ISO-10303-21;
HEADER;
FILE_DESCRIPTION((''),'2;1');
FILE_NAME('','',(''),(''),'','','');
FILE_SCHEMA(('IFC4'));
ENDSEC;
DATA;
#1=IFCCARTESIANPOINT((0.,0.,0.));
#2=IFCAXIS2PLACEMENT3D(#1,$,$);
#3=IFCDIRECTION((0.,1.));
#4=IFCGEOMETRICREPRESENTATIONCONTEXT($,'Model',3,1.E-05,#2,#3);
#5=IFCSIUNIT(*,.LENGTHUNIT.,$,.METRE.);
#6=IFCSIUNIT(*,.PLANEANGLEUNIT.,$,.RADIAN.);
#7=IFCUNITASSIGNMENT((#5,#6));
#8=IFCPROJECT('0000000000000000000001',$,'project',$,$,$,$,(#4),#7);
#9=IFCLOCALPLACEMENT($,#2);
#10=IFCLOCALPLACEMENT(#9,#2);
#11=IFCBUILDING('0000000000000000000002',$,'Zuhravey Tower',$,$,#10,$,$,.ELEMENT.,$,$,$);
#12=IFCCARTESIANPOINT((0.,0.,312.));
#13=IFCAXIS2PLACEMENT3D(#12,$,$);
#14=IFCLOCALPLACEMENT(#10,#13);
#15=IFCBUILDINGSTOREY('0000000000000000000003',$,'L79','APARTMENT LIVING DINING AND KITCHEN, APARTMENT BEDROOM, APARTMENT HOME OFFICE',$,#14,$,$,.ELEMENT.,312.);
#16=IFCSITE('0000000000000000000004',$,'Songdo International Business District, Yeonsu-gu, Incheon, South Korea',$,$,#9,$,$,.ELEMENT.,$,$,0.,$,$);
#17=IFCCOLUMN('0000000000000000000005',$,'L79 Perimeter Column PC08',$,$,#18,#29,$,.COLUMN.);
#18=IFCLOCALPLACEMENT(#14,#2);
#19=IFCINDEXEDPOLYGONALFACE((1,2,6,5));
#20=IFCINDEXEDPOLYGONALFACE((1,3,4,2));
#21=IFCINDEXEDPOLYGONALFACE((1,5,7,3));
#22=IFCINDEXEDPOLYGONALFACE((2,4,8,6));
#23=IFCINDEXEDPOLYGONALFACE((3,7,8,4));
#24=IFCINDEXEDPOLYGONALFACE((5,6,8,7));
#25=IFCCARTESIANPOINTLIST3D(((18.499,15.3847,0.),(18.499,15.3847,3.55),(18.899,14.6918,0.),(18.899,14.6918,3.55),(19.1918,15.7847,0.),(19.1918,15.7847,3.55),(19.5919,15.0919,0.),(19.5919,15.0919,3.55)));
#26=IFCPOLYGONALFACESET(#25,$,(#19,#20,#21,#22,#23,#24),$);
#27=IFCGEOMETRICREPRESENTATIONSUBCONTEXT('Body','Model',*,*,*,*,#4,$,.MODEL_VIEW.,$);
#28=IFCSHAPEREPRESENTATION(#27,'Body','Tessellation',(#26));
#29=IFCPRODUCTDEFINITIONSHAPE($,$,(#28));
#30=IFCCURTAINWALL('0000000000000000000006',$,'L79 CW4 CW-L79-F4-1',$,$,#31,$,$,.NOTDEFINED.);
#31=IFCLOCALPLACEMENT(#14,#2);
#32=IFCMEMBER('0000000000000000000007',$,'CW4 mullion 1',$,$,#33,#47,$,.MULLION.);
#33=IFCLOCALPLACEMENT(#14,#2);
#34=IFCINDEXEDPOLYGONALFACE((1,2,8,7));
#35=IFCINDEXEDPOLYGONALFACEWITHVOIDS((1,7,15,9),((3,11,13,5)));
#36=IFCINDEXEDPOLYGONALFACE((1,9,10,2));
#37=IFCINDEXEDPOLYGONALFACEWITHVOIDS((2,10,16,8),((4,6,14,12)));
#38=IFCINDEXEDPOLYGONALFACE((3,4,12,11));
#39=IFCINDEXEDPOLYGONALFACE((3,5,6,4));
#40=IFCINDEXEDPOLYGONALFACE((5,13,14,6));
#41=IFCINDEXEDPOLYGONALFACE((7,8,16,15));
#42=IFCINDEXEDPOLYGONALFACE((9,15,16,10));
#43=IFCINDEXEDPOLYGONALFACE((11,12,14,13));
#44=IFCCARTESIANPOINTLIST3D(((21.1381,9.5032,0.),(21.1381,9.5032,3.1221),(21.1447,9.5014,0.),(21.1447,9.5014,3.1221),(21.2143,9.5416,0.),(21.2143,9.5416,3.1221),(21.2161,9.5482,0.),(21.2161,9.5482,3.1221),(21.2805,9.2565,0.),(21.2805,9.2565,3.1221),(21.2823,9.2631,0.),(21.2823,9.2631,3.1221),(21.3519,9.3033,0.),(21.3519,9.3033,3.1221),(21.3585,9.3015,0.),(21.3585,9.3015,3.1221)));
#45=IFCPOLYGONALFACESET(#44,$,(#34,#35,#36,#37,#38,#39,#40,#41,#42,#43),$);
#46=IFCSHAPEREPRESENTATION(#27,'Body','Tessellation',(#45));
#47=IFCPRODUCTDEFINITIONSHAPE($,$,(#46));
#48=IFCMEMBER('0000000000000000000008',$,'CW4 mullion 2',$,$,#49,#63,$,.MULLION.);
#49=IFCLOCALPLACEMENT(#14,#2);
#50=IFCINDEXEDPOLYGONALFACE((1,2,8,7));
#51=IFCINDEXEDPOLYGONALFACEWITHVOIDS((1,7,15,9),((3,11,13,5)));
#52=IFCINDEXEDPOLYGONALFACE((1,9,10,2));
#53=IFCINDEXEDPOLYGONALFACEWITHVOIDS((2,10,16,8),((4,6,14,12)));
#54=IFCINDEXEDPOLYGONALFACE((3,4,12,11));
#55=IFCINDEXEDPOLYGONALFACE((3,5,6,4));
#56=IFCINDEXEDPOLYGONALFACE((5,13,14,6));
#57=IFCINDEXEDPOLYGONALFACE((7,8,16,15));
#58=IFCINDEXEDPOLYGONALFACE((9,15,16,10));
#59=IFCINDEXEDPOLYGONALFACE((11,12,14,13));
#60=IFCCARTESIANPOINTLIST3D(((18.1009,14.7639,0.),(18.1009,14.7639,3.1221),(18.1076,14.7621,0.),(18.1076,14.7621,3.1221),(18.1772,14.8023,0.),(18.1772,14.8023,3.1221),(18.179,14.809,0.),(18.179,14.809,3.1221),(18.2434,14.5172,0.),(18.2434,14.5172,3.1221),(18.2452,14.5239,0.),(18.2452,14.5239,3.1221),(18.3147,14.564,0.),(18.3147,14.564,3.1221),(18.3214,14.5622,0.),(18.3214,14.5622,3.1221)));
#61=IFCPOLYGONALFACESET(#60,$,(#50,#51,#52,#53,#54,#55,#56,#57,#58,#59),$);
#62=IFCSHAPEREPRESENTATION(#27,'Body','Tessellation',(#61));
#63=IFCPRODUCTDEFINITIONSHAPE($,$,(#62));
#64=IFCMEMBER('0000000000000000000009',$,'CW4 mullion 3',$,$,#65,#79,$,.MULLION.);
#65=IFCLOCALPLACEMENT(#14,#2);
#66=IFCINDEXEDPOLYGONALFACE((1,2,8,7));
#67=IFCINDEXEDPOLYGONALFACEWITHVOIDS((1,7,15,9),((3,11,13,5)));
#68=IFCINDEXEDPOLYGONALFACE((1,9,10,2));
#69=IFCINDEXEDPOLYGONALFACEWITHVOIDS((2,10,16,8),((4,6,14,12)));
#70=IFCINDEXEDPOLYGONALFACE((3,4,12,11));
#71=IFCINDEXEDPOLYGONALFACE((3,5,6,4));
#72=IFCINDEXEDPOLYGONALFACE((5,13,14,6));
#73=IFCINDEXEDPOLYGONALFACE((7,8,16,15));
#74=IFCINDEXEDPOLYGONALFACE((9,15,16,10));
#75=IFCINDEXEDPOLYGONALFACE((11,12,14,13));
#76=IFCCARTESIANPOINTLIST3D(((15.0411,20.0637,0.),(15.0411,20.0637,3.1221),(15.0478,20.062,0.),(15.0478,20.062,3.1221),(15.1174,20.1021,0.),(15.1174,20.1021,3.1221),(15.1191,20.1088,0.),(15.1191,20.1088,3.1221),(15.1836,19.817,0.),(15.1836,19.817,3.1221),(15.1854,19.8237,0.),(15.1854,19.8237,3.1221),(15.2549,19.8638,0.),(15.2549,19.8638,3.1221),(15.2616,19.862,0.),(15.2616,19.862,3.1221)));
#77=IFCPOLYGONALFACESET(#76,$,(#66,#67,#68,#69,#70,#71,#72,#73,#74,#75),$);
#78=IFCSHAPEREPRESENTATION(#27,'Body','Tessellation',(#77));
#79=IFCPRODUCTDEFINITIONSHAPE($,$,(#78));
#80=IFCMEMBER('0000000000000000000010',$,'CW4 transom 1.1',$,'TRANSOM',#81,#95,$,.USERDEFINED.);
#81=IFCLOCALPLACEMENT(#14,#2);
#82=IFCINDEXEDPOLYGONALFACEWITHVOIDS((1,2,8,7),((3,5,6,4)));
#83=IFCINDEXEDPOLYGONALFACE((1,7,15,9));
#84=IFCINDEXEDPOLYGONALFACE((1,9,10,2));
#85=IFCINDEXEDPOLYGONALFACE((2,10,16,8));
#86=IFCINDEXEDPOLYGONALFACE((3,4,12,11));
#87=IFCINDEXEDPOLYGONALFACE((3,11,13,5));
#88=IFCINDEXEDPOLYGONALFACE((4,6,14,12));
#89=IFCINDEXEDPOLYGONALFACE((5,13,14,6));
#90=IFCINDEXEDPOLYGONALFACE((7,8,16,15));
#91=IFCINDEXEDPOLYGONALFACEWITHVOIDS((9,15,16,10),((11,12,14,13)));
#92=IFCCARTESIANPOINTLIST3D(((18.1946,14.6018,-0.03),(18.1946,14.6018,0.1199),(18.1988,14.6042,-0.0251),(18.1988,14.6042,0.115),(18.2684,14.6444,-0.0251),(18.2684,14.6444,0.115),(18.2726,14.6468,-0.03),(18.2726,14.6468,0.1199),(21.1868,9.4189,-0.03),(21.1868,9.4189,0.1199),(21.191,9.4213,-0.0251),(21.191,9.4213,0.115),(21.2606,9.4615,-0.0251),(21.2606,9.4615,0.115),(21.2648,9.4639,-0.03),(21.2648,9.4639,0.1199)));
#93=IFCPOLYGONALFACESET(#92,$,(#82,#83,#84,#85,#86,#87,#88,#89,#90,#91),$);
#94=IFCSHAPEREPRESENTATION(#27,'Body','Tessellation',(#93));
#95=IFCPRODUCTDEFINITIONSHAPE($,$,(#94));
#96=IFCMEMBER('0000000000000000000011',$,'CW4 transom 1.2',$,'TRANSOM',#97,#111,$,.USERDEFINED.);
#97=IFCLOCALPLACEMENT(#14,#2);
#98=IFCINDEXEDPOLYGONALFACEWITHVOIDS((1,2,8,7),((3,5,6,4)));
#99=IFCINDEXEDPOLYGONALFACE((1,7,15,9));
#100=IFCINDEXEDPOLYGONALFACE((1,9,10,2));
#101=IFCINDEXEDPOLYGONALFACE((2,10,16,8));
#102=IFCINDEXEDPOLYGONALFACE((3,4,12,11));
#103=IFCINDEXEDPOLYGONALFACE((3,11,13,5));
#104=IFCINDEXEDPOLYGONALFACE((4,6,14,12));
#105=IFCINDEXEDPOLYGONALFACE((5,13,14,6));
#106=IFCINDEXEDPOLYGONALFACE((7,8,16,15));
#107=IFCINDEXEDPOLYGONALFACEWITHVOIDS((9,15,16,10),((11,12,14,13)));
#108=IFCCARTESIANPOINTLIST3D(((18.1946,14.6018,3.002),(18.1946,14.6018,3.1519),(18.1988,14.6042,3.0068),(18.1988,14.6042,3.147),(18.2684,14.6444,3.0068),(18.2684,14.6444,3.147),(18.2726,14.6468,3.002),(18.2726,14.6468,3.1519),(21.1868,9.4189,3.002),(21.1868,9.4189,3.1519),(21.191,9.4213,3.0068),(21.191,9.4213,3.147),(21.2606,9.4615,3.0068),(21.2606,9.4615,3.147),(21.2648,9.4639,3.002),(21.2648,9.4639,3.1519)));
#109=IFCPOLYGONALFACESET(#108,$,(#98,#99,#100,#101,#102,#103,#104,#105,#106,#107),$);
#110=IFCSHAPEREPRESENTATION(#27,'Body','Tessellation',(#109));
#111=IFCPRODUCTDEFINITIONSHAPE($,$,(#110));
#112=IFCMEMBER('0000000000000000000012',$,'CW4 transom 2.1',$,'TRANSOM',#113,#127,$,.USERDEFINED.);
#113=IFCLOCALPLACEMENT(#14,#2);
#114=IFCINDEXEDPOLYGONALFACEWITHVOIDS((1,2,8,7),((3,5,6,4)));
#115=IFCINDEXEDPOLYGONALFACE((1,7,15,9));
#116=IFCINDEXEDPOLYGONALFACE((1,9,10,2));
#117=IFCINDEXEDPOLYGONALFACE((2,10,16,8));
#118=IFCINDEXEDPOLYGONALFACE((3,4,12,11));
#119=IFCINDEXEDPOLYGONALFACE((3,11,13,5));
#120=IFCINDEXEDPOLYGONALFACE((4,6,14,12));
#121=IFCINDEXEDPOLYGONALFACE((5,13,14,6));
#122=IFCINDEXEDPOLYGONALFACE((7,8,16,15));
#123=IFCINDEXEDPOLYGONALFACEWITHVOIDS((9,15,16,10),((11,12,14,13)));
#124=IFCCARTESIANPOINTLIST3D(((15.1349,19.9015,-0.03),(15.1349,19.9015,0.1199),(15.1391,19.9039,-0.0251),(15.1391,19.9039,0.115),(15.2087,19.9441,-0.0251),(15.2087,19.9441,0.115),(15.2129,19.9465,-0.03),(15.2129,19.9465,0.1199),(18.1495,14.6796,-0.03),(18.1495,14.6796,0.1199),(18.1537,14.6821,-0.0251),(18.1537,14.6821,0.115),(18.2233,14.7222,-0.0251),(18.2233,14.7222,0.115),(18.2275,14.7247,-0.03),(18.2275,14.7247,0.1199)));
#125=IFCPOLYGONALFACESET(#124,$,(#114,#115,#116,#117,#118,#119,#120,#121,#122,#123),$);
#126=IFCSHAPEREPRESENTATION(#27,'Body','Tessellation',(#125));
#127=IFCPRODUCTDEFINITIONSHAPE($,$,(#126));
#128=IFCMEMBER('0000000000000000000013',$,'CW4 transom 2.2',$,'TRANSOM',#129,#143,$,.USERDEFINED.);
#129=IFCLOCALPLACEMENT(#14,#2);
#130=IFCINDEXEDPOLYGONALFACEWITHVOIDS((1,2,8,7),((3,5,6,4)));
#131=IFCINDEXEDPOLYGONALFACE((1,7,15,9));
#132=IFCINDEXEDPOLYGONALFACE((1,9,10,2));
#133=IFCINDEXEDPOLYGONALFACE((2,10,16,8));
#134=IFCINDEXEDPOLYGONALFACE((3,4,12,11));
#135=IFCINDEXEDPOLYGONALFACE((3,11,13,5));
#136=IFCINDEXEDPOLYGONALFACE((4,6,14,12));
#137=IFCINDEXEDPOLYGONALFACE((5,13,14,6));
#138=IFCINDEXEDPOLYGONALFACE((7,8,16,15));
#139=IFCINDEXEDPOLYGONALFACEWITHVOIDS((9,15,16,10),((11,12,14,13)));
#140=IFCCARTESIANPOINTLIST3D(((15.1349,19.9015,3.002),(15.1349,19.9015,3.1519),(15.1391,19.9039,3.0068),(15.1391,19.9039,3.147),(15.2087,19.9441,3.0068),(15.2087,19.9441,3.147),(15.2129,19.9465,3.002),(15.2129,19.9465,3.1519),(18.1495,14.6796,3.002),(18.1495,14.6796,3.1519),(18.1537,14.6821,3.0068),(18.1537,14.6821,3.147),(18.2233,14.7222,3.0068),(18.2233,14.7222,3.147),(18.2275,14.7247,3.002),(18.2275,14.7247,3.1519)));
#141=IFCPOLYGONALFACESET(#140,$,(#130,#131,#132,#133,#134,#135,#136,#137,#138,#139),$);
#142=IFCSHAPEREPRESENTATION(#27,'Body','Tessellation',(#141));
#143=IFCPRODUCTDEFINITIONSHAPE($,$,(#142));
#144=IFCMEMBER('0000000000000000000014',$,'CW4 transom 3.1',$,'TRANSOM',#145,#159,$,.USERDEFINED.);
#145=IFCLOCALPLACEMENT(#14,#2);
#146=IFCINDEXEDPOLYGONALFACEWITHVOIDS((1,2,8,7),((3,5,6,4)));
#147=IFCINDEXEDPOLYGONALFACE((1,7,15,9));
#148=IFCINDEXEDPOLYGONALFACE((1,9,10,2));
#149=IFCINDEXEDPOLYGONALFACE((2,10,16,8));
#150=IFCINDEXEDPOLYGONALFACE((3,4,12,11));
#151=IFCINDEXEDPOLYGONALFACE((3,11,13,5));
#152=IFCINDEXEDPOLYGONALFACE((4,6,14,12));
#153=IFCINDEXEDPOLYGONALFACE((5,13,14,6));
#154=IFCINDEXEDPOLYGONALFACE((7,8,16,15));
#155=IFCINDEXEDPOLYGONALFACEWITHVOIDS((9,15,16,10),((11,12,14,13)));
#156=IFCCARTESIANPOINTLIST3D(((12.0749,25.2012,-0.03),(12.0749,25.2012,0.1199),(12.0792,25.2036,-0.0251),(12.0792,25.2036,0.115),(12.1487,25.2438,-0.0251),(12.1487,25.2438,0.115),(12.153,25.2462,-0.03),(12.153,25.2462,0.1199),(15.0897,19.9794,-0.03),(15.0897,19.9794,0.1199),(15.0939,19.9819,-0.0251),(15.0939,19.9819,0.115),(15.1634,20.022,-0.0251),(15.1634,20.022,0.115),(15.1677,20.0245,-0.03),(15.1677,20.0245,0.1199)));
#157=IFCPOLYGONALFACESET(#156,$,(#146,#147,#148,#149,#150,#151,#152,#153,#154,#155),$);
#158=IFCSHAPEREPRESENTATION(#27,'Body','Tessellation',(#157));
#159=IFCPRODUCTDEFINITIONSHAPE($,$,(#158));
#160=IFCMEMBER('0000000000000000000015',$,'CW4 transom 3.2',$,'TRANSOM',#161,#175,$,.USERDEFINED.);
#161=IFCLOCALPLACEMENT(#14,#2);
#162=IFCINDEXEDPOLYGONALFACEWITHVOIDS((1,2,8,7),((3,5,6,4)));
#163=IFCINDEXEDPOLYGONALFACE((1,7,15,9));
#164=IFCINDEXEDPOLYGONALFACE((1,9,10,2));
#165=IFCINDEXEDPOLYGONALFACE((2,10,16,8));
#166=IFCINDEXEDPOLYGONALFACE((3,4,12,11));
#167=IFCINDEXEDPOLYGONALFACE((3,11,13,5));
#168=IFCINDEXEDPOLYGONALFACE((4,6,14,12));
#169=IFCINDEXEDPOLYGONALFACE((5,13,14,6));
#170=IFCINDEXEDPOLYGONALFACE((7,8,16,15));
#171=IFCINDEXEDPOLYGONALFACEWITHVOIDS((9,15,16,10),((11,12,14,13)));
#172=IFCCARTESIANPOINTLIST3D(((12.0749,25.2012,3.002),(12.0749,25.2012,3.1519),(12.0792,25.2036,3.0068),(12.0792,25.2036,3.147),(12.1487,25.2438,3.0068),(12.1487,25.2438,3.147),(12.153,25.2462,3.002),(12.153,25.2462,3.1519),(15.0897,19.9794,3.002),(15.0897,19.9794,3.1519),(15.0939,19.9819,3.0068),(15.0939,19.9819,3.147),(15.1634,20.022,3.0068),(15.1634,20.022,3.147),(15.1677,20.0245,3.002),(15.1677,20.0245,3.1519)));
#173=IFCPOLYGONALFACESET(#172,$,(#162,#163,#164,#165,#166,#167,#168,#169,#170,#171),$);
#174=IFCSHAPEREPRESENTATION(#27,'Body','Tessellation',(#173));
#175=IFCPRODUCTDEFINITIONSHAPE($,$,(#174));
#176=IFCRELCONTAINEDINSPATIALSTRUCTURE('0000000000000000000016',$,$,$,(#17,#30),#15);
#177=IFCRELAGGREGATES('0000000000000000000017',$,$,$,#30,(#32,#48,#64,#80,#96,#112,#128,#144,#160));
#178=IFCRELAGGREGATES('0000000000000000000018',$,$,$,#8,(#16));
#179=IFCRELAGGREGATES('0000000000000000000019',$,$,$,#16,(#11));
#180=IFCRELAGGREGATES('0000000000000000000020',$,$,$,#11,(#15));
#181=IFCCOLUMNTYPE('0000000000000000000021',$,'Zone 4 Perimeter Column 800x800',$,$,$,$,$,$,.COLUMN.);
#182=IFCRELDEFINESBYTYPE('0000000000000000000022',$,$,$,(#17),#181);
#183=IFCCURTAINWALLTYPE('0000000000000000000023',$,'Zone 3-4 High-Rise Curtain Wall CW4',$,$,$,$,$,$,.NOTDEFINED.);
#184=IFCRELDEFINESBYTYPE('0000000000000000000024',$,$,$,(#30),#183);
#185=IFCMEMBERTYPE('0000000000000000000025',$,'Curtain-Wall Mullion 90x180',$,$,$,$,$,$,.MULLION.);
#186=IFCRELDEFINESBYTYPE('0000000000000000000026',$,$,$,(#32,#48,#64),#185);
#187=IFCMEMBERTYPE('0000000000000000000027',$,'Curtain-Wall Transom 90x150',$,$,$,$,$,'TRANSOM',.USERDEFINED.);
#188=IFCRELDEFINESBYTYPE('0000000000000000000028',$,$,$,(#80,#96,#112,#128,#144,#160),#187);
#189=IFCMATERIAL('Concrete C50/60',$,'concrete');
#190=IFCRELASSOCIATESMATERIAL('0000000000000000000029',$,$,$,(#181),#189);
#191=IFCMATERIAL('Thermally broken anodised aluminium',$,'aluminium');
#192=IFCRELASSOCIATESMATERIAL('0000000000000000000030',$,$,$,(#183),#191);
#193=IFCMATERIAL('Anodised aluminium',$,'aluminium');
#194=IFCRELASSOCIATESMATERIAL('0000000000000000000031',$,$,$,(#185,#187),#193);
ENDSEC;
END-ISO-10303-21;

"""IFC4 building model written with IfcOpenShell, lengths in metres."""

from ifc_helpers import new_model, si_unit, direction, frame, origin, origin_2d, place, context, subcontext, project, spatial, rectangle, hollow_rectangle, extrude, material, material_profile, profile_set, type_object, element, aggregate, save


model = new_model("IFC4")

# Units and contexts
model_context = context("Model", 3, precision=1e-05, world=origin(), true_north=direction((0.0, 1.0)))
body_context = subcontext(model_context, "Body", "Model", "MODEL_VIEW")
ifc_project = project(units=[si_unit("LENGTHUNIT", "METRE"), si_unit("PLANEANGLEUNIT", "RADIAN")], contexts=[model_context])

# Site, building, storey
site_placement = place(None, origin())
site = spatial("IfcSite", under=ifc_project, at=site_placement, Name="Songdo International Business District, Yeonsu-gu, Incheon, South Korea", CompositionType="ELEMENT", RefElevation=0.0)
building_placement = place(site_placement, origin())
building = spatial("IfcBuilding", under=site, at=building_placement, Name="Zuhravey Tower", CompositionType="ELEMENT")
storey_placement = place(building_placement, frame((0.0, 0.0, 312.0)))
storey = spatial("IfcBuildingStorey", under=building, at=storey_placement, Name="L79", Description="APARTMENT LIVING DINING AND KITCHEN, APARTMENT BEDROOM, APARTMENT HOME OFFICE", CompositionType="ELEMENT", Elevation=312.0)

# Column
ifc_material_1 = material(Name="Concrete C50/60", Category="concrete")
ifc_material_profile_1 = material_profile(ifc_material_1, rectangle(XDim=0.8, YDim=0.8, at=origin_2d()), Name="RC-800x800")
ifc_profile_set_1 = profile_set([ifc_material_profile_1], Name="Concrete C50/60")
column_type = type_object("IfcColumnType", Name="Zone 4 Perimeter Column 800x800", PredefinedType="COLUMN", material=ifc_profile_set_1)
column_placement = place(storey_placement, frame((19.0454, 15.2383, 0.0), z_axis=(0.0, 0.0, 1.0), x_axis=(0.5, -0.866025, 0.0)))
element("IfcColumn", 1, at=column_placement, inside=storey, type_object=column_type, Name="L79 Perimeter Column PC08", PredefinedType="COLUMN", context=body_context, shape_type="SweptSolid", body=[
    extrude(rectangle(XDim=0.8, YDim=0.8, at=origin_2d()), origin(), (0.0, 0.0, 1.0), 3.55),
])

# Curtain wall, members
ifc_material_2 = material(Name="Thermally broken anodised aluminium", Category="aluminium")
curtain_wall_type = type_object("IfcCurtainWallType", Name="Zone 3-4 High-Rise Curtain Wall CW4", PredefinedType="NOTDEFINED", material=ifc_material_2)
curtain_wall_placement = place(storey_placement, origin())
curtain_wall = element("IfcCurtainWall", 2, at=curtain_wall_placement, inside=storey, type_object=curtain_wall_type, Name="L79 CW4 CW-L79-F4-1", PredefinedType="NOTDEFINED")
ifc_material_3 = material(Name="Anodised aluminium", Category="aluminium")
ifc_material_profile_2 = material_profile(ifc_material_3, hollow_rectangle(XDim=0.0901, YDim=0.2849, WallThickness=0.0049, at=origin_2d()), Name="ALU-RHS-90x285x5")
ifc_profile_set_2 = profile_set([ifc_material_profile_2], Name="Anodised aluminium")
member_type_1 = type_object("IfcMemberType", Name="Curtain-Wall Mullion 90x180", PredefinedType="MULLION", material=ifc_profile_set_2)
member_1_placement = place(storey_placement, frame((21.2483, 9.4023, 0.0), z_axis=(0.0, 0.0, 1.0), x_axis=(-0.866026, -0.5, 0.0)))
member_1 = element("IfcMember", 3, at=member_1_placement, type_object=member_type_1, Name="CW4 mullion 1", PredefinedType="MULLION", context=body_context, shape_type="SweptSolid", body=[
    extrude(hollow_rectangle(XDim=0.0901, YDim=0.2849, WallThickness=0.0049, at=origin_2d()), origin(), (0.0, 0.0, 1.0), 3.1221),
])
member_2_placement = place(storey_placement, frame((18.2112, 14.6631, 0.0), z_axis=(0.0, 0.0, 1.0), x_axis=(-0.866026, -0.5, 0.0)))
member_2 = element("IfcMember", 4, at=member_2_placement, type_object=member_type_1, Name="CW4 mullion 2", PredefinedType="MULLION", context=body_context, shape_type="SweptSolid", body=[
    extrude(hollow_rectangle(XDim=0.0901, YDim=0.2849, WallThickness=0.0049, at=origin_2d()), origin(), (0.0, 0.0, 1.0), 3.1221),
])
member_3_placement = place(storey_placement, frame((15.1514, 19.9629, 0.0), z_axis=(0.0, 0.0, 1.0), x_axis=(-0.866026, -0.5, 0.0)))
member_3 = element("IfcMember", 5, at=member_3_placement, type_object=member_type_1, Name="CW4 mullion 3", PredefinedType="MULLION", context=body_context, shape_type="SweptSolid", body=[
    extrude(hollow_rectangle(XDim=0.0901, YDim=0.2849, WallThickness=0.0049, at=origin_2d()), origin(), (0.0, 0.0, 1.0), 3.1221),
])
ifc_material_profile_3 = material_profile(ifc_material_3, hollow_rectangle(XDim=0.0901, YDim=0.1499, WallThickness=0.0049, at=origin_2d()), Name="ALU-RHS-90x150x5")
ifc_profile_set_3 = profile_set([ifc_material_profile_3], Name="Anodised aluminium")
member_type_2 = type_object("IfcMemberType", Name="Curtain-Wall Transom 90x150", ElementType="TRANSOM", PredefinedType="USERDEFINED", material=ifc_profile_set_3)
member_4_placement = place(storey_placement, frame((21.2258, 9.4414, 0.0449), z_axis=(-0.499983, 0.866035, 0.0), x_axis=(-0.866035, -0.499983, 0.0)))
member_4 = element("IfcMember", 6, at=member_4_placement, type_object=member_type_2, Name="CW4 transom 1.1", ObjectType="TRANSOM", PredefinedType="USERDEFINED", context=body_context, shape_type="SweptSolid", body=[
    extrude(hollow_rectangle(XDim=0.0901, YDim=0.1499, WallThickness=0.0049, at=origin_2d()), origin(), (0.0, 0.0, 1.0), 5.9846),
])
member_5_placement = place(storey_placement, frame((21.2258, 9.4414, 3.0769), z_axis=(-0.499983, 0.866035, 0.0), x_axis=(-0.866035, -0.499983, 0.0)))
member_5 = element("IfcMember", 7, at=member_5_placement, type_object=member_type_2, Name="CW4 transom 1.2", ObjectType="TRANSOM", PredefinedType="USERDEFINED", context=body_context, shape_type="SweptSolid", body=[
    extrude(hollow_rectangle(XDim=0.0901, YDim=0.1499, WallThickness=0.0049, at=origin_2d()), origin(), (0.0, 0.0, 1.0), 5.9846),
])
member_6_placement = place(storey_placement, frame((18.1885, 14.7021, 0.0449), z_axis=(-0.499971, 0.866042, 0.0), x_axis=(-0.866042, -0.499971, 0.0)))
member_6 = element("IfcMember", 8, at=member_6_placement, type_object=member_type_2, Name="CW4 transom 2.1", ObjectType="TRANSOM", PredefinedType="USERDEFINED", context=body_context, shape_type="SweptSolid", body=[
    extrude(hollow_rectangle(XDim=0.0901, YDim=0.1499, WallThickness=0.0049, at=origin_2d()), origin(), (0.0, 0.0, 1.0), 6.0295),
])
member_7_placement = place(storey_placement, frame((18.1885, 14.7021, 3.0769), z_axis=(-0.499971, 0.866042, 0.0), x_axis=(-0.866042, -0.499971, 0.0)))
member_7 = element("IfcMember", 9, at=member_7_placement, type_object=member_type_2, Name="CW4 transom 2.2", ObjectType="TRANSOM", PredefinedType="USERDEFINED", context=body_context, shape_type="SweptSolid", body=[
    extrude(hollow_rectangle(XDim=0.0901, YDim=0.1499, WallThickness=0.0049, at=origin_2d()), origin(), (0.0, 0.0, 1.0), 6.0295),
])
member_8_placement = place(storey_placement, frame((15.1287, 20.002, 0.0449), z_axis=(-0.499989, 0.866032, 0.0), x_axis=(-0.866032, -0.499989, 0.0)))
member_8 = element("IfcMember", 10, at=member_8_placement, type_object=member_type_2, Name="CW4 transom 3.1", ObjectType="TRANSOM", PredefinedType="USERDEFINED", context=body_context, shape_type="SweptSolid", body=[
    extrude(hollow_rectangle(XDim=0.0901, YDim=0.1499, WallThickness=0.0049, at=origin_2d()), origin(), (0.0, 0.0, 1.0), 6.0295),
])
member_9_placement = place(storey_placement, frame((15.1287, 20.002, 3.0769), z_axis=(-0.499989, 0.866032, 0.0), x_axis=(-0.866032, -0.499989, 0.0)))
member_9 = element("IfcMember", 11, at=member_9_placement, type_object=member_type_2, Name="CW4 transom 3.2", ObjectType="TRANSOM", PredefinedType="USERDEFINED", context=body_context, shape_type="SweptSolid", body=[
    extrude(hollow_rectangle(XDim=0.0901, YDim=0.1499, WallThickness=0.0049, at=origin_2d()), origin(), (0.0, 0.0, 1.0), 6.0295),
])

aggregate(curtain_wall, [member_1, member_2, member_3, member_4, member_5, member_6, member_7, member_8, member_9])

save(model, "model.ifc")
